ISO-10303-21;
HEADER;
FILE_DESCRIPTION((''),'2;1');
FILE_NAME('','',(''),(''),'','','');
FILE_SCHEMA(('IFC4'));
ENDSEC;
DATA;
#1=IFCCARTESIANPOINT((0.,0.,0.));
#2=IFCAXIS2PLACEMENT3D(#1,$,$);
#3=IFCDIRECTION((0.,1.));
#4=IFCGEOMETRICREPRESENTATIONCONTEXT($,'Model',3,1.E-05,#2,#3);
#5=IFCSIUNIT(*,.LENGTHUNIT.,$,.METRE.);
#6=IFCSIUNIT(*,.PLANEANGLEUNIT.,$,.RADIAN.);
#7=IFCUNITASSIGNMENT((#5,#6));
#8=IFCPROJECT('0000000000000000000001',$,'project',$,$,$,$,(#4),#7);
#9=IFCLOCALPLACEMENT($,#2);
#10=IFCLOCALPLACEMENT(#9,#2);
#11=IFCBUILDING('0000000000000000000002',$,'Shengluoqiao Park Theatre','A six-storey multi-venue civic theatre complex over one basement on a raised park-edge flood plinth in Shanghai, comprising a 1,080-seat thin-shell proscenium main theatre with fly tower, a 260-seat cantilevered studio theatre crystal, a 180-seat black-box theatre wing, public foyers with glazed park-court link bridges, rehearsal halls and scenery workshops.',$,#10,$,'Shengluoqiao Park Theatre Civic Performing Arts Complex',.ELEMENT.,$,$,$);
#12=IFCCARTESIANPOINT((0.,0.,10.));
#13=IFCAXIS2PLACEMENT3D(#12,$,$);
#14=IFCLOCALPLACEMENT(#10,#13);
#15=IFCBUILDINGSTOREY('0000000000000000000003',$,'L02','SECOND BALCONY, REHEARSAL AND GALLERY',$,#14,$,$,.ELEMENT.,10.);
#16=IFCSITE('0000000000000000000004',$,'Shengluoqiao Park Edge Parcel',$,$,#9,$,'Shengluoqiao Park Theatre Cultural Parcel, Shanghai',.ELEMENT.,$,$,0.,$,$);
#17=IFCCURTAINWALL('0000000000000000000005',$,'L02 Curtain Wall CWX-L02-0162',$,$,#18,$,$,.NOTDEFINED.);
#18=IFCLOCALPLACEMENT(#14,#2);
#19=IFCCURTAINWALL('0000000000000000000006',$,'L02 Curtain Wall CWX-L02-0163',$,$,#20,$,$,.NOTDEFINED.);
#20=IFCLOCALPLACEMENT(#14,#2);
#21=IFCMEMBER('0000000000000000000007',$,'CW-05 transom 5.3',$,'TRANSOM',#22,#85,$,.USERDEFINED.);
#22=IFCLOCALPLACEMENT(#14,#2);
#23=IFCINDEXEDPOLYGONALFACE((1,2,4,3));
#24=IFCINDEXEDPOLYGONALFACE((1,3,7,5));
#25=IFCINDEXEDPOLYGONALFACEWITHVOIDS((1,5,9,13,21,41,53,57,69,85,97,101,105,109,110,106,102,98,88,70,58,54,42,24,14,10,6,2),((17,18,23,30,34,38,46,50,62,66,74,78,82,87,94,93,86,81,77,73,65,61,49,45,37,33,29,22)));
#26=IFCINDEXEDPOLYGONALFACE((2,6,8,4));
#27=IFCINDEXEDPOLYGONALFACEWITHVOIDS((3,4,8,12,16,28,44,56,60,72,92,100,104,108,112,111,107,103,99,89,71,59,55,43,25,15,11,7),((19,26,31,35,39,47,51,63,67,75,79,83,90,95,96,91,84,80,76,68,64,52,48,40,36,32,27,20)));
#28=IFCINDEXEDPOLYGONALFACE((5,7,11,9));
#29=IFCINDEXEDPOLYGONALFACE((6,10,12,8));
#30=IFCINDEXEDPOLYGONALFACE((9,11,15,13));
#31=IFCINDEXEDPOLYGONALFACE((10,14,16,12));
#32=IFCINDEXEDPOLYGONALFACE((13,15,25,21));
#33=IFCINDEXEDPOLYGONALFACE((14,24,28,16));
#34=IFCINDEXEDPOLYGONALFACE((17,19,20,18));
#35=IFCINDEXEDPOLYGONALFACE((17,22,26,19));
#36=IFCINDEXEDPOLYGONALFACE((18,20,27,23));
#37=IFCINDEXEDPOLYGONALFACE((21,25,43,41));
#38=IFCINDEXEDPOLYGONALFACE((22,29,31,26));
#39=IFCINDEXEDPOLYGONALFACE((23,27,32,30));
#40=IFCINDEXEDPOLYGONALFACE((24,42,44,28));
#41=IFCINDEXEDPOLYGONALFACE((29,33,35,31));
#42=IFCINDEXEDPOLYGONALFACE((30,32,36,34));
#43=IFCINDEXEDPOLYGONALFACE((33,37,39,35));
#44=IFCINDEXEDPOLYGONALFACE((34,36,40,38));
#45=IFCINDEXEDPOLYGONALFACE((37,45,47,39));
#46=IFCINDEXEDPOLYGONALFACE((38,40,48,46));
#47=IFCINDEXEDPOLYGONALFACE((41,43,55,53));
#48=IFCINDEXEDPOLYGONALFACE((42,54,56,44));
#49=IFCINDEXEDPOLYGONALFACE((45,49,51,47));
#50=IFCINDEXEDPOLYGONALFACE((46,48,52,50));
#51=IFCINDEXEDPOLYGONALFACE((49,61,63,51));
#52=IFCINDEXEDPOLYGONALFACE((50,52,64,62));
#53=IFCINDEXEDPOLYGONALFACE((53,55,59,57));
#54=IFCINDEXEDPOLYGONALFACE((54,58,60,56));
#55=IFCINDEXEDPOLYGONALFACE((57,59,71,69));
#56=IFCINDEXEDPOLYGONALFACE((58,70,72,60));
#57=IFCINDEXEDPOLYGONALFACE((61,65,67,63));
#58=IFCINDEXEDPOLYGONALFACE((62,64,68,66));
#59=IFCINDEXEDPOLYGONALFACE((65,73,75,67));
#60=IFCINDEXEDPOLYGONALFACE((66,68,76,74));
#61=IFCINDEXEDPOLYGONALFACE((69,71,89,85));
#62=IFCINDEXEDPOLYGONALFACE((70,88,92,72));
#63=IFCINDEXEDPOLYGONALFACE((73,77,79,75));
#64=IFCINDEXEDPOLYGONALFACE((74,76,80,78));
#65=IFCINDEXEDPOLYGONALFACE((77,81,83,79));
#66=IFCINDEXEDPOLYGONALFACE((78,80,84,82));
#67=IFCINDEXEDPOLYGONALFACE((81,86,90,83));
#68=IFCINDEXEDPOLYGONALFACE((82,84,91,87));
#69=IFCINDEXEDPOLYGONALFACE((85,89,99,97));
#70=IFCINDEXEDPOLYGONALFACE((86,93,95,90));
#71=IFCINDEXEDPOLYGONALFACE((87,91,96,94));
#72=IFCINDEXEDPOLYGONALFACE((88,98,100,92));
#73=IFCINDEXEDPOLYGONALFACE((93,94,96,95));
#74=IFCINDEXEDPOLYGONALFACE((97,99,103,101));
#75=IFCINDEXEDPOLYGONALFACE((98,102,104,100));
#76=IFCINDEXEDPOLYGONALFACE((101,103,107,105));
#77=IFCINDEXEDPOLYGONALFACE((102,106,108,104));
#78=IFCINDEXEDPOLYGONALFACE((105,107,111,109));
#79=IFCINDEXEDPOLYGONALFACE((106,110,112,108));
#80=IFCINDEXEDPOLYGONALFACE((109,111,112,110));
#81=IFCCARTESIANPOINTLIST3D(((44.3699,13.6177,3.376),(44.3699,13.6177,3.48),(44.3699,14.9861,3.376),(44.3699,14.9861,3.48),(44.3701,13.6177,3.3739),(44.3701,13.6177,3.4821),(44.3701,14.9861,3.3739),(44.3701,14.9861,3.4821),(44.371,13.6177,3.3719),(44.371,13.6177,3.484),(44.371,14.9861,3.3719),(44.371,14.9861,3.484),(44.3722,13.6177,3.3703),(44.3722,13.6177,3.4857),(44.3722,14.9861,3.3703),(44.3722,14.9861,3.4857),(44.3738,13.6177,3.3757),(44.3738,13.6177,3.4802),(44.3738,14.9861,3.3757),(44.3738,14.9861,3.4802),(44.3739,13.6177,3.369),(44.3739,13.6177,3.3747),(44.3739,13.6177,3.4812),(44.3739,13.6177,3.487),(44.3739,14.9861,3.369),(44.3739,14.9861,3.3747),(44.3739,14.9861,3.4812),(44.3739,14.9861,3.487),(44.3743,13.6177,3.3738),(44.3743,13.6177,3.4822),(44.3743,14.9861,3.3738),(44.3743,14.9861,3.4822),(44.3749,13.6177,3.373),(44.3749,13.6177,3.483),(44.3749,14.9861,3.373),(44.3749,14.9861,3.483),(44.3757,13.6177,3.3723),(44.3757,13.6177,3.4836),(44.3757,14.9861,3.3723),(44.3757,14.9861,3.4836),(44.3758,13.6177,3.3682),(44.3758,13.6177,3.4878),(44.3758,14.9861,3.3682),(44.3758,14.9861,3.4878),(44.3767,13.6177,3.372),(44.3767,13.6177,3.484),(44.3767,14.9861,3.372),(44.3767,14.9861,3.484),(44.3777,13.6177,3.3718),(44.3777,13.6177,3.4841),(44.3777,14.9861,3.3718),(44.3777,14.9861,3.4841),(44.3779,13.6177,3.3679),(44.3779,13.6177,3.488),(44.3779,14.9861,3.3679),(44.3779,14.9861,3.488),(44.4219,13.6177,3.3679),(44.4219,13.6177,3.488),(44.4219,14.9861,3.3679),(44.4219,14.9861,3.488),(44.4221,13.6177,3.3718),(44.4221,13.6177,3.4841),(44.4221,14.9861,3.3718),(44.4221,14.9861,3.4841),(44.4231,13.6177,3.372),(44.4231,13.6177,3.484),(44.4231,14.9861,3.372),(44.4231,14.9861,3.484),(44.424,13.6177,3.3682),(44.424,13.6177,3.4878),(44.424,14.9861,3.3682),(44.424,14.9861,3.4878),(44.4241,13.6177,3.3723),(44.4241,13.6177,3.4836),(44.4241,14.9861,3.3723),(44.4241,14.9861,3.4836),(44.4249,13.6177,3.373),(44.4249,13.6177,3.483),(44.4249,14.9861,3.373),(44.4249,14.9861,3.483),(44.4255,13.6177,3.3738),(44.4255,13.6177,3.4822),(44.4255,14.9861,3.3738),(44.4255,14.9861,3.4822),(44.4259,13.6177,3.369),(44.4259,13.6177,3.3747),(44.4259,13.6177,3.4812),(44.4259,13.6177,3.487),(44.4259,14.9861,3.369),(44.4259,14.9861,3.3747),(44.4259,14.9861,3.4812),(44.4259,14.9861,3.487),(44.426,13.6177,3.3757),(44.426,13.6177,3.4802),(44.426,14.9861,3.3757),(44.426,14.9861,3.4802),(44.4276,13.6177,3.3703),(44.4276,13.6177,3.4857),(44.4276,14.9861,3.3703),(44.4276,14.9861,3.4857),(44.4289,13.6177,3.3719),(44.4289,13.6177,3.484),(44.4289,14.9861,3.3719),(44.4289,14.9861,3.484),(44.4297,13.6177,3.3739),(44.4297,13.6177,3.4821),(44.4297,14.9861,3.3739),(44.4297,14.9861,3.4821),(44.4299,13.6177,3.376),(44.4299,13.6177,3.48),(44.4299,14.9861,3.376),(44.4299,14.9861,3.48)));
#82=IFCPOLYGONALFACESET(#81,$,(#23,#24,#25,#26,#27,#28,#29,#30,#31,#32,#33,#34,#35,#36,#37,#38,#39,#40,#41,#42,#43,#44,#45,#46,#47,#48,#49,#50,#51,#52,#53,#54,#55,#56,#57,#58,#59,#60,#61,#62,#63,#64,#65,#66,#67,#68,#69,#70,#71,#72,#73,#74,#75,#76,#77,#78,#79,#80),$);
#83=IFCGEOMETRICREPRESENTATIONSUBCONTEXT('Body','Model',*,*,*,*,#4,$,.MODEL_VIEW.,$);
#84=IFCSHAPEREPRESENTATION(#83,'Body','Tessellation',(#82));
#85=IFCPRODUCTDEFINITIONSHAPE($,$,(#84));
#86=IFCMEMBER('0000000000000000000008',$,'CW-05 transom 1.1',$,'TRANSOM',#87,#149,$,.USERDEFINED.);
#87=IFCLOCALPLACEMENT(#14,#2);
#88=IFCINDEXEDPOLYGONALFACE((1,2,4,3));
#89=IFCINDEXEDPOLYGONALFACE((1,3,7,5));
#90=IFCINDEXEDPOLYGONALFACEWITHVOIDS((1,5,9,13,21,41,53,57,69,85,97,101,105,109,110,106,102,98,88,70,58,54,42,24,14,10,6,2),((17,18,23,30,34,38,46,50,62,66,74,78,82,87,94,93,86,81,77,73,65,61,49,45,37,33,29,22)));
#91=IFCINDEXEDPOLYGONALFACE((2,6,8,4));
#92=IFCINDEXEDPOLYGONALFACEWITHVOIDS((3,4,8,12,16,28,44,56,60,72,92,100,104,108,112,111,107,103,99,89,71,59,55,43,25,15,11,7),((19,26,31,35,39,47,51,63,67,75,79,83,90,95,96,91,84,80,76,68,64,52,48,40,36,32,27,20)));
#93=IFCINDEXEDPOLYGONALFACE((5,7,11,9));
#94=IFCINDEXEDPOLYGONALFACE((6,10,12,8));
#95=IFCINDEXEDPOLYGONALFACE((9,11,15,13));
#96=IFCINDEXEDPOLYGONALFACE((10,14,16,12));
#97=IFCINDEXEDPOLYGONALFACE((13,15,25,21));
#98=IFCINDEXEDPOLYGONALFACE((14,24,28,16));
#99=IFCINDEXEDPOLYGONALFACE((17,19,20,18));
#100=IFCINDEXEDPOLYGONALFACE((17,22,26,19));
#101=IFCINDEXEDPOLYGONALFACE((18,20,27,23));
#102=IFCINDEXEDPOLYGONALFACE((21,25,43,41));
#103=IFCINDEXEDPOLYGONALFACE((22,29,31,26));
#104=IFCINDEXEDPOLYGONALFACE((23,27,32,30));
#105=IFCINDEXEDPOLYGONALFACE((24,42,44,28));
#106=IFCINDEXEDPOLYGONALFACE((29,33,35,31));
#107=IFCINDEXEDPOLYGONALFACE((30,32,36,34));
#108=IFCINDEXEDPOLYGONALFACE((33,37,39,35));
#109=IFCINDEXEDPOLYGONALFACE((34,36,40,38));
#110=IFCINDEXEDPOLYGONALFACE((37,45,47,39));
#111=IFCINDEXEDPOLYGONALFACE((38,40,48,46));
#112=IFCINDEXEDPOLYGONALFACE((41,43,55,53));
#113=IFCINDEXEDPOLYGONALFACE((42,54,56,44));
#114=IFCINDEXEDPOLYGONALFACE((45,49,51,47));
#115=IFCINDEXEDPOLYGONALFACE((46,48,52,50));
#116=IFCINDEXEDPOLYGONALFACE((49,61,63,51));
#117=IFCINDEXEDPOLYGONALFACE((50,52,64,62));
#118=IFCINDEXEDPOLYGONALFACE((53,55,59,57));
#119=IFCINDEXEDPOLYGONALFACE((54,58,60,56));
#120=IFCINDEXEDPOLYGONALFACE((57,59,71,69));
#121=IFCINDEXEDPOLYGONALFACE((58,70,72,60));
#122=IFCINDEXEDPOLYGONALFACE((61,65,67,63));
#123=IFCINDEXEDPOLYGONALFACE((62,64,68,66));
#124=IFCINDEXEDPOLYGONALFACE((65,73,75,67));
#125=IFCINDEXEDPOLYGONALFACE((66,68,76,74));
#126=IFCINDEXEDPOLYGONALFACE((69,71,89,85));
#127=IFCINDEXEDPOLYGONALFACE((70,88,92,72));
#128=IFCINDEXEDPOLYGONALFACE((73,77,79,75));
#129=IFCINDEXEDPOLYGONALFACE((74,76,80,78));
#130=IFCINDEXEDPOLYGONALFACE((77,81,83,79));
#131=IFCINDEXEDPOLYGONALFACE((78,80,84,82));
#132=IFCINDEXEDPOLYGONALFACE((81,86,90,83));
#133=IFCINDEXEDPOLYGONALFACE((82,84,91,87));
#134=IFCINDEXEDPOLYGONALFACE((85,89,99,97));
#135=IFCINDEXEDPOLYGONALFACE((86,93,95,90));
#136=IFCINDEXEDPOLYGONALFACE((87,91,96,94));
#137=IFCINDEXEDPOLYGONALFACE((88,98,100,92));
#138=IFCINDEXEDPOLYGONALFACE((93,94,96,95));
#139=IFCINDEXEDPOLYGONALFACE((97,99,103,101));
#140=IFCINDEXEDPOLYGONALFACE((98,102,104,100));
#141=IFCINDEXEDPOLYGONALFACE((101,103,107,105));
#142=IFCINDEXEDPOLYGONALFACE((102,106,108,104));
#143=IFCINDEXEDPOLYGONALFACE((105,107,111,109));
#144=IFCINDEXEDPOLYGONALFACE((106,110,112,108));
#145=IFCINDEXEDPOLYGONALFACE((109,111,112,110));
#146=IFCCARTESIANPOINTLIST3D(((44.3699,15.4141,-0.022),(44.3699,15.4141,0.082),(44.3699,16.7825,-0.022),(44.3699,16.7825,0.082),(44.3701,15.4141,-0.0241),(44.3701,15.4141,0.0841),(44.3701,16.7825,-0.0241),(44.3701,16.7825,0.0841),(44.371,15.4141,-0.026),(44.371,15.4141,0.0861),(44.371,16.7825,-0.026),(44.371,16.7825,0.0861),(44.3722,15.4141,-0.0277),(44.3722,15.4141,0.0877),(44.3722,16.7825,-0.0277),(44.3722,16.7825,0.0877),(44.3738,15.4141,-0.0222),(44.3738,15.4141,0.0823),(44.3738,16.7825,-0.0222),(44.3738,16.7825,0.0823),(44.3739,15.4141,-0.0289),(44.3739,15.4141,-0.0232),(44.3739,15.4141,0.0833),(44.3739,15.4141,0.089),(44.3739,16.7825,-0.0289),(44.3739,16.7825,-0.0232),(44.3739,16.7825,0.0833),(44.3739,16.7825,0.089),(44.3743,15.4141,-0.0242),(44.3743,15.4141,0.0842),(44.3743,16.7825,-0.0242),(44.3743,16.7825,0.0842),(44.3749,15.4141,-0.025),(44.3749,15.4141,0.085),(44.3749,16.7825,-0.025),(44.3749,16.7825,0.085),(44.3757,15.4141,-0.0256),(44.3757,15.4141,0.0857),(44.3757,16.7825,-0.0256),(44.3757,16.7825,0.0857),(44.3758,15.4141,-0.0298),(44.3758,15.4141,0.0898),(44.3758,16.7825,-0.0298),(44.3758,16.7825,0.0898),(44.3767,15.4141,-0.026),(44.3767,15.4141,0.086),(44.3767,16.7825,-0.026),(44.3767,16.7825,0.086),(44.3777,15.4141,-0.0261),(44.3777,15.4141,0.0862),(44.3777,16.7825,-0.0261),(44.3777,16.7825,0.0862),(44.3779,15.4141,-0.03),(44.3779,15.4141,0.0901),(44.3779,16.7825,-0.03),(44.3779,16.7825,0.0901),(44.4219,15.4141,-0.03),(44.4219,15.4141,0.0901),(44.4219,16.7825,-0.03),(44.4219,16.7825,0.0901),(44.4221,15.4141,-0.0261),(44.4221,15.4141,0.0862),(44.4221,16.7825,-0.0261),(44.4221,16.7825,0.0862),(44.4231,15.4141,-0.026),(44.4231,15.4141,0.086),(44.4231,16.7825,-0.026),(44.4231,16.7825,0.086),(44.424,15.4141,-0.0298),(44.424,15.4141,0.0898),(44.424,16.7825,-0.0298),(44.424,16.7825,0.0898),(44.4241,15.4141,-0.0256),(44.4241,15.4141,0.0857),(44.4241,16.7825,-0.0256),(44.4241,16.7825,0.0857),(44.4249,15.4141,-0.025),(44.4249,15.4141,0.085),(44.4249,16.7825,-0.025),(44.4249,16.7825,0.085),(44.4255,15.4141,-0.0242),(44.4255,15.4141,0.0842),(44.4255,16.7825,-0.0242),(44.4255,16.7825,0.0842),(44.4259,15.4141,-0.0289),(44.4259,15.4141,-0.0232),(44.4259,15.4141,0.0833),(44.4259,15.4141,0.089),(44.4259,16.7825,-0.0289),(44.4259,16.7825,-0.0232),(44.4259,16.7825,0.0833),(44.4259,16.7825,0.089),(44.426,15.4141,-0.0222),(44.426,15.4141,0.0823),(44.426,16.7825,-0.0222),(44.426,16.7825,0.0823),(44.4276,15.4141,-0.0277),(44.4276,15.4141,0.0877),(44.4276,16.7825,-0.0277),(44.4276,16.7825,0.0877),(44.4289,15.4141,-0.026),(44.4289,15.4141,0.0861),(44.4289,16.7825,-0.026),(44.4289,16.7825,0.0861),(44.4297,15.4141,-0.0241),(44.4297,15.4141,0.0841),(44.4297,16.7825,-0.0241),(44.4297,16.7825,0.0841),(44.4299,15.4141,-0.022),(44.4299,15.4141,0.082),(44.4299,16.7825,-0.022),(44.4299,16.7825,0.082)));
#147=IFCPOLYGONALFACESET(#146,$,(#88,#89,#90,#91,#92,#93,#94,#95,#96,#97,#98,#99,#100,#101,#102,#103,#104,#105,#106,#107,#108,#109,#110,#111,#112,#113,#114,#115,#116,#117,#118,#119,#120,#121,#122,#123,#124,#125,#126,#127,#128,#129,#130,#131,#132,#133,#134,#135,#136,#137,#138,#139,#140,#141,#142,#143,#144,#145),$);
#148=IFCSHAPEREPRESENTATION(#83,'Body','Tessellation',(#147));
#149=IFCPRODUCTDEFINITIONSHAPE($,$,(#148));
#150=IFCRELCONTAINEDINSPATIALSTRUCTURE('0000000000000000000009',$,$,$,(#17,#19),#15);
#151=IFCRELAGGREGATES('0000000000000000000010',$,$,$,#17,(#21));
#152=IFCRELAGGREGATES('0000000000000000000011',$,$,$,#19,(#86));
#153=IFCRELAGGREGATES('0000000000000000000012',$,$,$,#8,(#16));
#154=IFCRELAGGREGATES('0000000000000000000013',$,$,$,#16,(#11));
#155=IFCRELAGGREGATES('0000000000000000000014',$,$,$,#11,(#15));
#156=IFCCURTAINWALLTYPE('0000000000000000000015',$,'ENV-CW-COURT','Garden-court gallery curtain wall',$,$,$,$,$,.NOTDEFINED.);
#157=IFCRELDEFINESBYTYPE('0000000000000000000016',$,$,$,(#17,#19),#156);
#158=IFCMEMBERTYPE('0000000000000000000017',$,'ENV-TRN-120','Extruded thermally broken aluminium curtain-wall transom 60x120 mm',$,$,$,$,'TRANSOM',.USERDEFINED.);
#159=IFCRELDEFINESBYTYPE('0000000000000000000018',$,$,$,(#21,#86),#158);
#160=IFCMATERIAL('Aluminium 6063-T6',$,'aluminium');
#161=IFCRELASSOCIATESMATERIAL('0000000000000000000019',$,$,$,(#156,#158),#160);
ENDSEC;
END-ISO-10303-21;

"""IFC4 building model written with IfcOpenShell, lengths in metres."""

from ifc_helpers import new_model, si_unit, direction, frame, origin, origin_2d, place, context, subcontext, project, spatial, hollow_rectangle, extrude, material, material_profile, profile_set, type_object, element, aggregate, save


model = new_model("IFC4")

# Units and contexts
model_context = context("Model", 3, precision=1e-05, world=origin(), true_north=direction((0.0, 1.0)))
body_context = subcontext(model_context, "Body", "Model", "MODEL_VIEW")
ifc_project = project(units=[si_unit("LENGTHUNIT", "METRE"), si_unit("PLANEANGLEUNIT", "RADIAN")], contexts=[model_context])

# Site, building, storey
site_placement = place(None, origin())
site = spatial("IfcSite", under=ifc_project, at=site_placement, Name="Shengluoqiao Park Edge Parcel", LongName="Shengluoqiao Park Theatre Cultural Parcel, Shanghai", CompositionType="ELEMENT", RefElevation=0.0)
building_placement = place(site_placement, origin())
building = spatial("IfcBuilding", under=site, at=building_placement, Name="Shengluoqiao Park Theatre", Description="A six-storey multi-venue civic theatre complex over one basement on a raised park-edge flood plinth in Shanghai, comprising a 1,080-seat thin-shell proscenium main theatre with fly tower, a 260-seat cantilevered studio theatre crystal, a 180-seat black-box theatre wing, public foyers with glazed park-court link bridges, rehearsal halls and scenery workshops.", LongName="Shengluoqiao Park Theatre Civic Performing Arts Complex", CompositionType="ELEMENT")
storey_placement = place(building_placement, frame((0.0, 0.0, 10.0)))
storey = spatial("IfcBuildingStorey", under=building, at=storey_placement, Name="L02", Description="SECOND BALCONY, REHEARSAL AND GALLERY", CompositionType="ELEMENT", Elevation=10.0)

# Curtain wall
ifc_material_1 = material(Name="Aluminium 6063-T6", Category="aluminium")
curtain_wall_type = type_object("IfcCurtainWallType", Name="ENV-CW-COURT", Description="Garden-court gallery curtain wall", PredefinedType="NOTDEFINED", material=ifc_material_1)
curtain_wall_1_placement = place(storey_placement, origin())
curtain_wall_1 = element("IfcCurtainWall", 1, at=curtain_wall_1_placement, inside=storey, type_object=curtain_wall_type, Name="L02 Curtain Wall CWX-L02-0162", PredefinedType="NOTDEFINED")

# Curtain wall
curtain_wall_2_placement = place(storey_placement, origin())
curtain_wall_2 = element("IfcCurtainWall", 2, at=curtain_wall_2_placement, inside=storey, type_object=curtain_wall_type, Name="L02 Curtain Wall CWX-L02-0163", PredefinedType="NOTDEFINED")

# Members
ifc_material_profile_1 = material_profile(ifc_material_1, hollow_rectangle(XDim=0.0601, YDim=0.1201, WallThickness=0.0039, InnerFilletRadius=0.0039, OuterFilletRadius=0.0081, at=origin_2d()), Name="ALU TRANSOM 120x60x4")
ifc_profile_set_1 = profile_set([ifc_material_profile_1], Name="Aluminium 6063-T6")
member_type_1 = type_object("IfcMemberType", Name="ENV-TRN-120", Description="Extruded thermally broken aluminium curtain-wall transom 60x120 mm", ElementType="TRANSOM", PredefinedType="USERDEFINED", material=ifc_profile_set_1)
member_1_placement = place(storey_placement, frame((44.3999, 13.6177, 3.428), z_axis=(0.0, 1.0, 0.0), x_axis=(-1.0, 0.0, 0.0)))
member_1 = element("IfcMember", 3, at=member_1_placement, type_object=member_type_1, Name="CW-05 transom 5.3", ObjectType="TRANSOM", PredefinedType="USERDEFINED", context=body_context, shape_type="SweptSolid", body=[
    extrude(hollow_rectangle(XDim=0.0601, YDim=0.1201, WallThickness=0.0039, InnerFilletRadius=0.0039, OuterFilletRadius=0.0081, at=origin_2d()), origin(), (0.0, 0.0, 1.0), 1.3684),
])
member_2_placement = place(storey_placement, frame((44.3999, 15.4141, 0.03), z_axis=(0.0, 1.0, 0.0), x_axis=(-1.0, 0.0, 0.0)))
member_2 = element("IfcMember", 4, at=member_2_placement, type_object=member_type_1, Name="CW-05 transom 1.1", ObjectType="TRANSOM", PredefinedType="USERDEFINED", context=body_context, shape_type="SweptSolid", body=[
    extrude(hollow_rectangle(XDim=0.0601, YDim=0.1201, WallThickness=0.0039, InnerFilletRadius=0.0039, OuterFilletRadius=0.0081, at=origin_2d()), origin(), (0.0, 0.0, 1.0), 1.3684),
])

aggregate(curtain_wall_1, [member_1])
aggregate(curtain_wall_2, [member_2])

save(model, "model.ifc")
